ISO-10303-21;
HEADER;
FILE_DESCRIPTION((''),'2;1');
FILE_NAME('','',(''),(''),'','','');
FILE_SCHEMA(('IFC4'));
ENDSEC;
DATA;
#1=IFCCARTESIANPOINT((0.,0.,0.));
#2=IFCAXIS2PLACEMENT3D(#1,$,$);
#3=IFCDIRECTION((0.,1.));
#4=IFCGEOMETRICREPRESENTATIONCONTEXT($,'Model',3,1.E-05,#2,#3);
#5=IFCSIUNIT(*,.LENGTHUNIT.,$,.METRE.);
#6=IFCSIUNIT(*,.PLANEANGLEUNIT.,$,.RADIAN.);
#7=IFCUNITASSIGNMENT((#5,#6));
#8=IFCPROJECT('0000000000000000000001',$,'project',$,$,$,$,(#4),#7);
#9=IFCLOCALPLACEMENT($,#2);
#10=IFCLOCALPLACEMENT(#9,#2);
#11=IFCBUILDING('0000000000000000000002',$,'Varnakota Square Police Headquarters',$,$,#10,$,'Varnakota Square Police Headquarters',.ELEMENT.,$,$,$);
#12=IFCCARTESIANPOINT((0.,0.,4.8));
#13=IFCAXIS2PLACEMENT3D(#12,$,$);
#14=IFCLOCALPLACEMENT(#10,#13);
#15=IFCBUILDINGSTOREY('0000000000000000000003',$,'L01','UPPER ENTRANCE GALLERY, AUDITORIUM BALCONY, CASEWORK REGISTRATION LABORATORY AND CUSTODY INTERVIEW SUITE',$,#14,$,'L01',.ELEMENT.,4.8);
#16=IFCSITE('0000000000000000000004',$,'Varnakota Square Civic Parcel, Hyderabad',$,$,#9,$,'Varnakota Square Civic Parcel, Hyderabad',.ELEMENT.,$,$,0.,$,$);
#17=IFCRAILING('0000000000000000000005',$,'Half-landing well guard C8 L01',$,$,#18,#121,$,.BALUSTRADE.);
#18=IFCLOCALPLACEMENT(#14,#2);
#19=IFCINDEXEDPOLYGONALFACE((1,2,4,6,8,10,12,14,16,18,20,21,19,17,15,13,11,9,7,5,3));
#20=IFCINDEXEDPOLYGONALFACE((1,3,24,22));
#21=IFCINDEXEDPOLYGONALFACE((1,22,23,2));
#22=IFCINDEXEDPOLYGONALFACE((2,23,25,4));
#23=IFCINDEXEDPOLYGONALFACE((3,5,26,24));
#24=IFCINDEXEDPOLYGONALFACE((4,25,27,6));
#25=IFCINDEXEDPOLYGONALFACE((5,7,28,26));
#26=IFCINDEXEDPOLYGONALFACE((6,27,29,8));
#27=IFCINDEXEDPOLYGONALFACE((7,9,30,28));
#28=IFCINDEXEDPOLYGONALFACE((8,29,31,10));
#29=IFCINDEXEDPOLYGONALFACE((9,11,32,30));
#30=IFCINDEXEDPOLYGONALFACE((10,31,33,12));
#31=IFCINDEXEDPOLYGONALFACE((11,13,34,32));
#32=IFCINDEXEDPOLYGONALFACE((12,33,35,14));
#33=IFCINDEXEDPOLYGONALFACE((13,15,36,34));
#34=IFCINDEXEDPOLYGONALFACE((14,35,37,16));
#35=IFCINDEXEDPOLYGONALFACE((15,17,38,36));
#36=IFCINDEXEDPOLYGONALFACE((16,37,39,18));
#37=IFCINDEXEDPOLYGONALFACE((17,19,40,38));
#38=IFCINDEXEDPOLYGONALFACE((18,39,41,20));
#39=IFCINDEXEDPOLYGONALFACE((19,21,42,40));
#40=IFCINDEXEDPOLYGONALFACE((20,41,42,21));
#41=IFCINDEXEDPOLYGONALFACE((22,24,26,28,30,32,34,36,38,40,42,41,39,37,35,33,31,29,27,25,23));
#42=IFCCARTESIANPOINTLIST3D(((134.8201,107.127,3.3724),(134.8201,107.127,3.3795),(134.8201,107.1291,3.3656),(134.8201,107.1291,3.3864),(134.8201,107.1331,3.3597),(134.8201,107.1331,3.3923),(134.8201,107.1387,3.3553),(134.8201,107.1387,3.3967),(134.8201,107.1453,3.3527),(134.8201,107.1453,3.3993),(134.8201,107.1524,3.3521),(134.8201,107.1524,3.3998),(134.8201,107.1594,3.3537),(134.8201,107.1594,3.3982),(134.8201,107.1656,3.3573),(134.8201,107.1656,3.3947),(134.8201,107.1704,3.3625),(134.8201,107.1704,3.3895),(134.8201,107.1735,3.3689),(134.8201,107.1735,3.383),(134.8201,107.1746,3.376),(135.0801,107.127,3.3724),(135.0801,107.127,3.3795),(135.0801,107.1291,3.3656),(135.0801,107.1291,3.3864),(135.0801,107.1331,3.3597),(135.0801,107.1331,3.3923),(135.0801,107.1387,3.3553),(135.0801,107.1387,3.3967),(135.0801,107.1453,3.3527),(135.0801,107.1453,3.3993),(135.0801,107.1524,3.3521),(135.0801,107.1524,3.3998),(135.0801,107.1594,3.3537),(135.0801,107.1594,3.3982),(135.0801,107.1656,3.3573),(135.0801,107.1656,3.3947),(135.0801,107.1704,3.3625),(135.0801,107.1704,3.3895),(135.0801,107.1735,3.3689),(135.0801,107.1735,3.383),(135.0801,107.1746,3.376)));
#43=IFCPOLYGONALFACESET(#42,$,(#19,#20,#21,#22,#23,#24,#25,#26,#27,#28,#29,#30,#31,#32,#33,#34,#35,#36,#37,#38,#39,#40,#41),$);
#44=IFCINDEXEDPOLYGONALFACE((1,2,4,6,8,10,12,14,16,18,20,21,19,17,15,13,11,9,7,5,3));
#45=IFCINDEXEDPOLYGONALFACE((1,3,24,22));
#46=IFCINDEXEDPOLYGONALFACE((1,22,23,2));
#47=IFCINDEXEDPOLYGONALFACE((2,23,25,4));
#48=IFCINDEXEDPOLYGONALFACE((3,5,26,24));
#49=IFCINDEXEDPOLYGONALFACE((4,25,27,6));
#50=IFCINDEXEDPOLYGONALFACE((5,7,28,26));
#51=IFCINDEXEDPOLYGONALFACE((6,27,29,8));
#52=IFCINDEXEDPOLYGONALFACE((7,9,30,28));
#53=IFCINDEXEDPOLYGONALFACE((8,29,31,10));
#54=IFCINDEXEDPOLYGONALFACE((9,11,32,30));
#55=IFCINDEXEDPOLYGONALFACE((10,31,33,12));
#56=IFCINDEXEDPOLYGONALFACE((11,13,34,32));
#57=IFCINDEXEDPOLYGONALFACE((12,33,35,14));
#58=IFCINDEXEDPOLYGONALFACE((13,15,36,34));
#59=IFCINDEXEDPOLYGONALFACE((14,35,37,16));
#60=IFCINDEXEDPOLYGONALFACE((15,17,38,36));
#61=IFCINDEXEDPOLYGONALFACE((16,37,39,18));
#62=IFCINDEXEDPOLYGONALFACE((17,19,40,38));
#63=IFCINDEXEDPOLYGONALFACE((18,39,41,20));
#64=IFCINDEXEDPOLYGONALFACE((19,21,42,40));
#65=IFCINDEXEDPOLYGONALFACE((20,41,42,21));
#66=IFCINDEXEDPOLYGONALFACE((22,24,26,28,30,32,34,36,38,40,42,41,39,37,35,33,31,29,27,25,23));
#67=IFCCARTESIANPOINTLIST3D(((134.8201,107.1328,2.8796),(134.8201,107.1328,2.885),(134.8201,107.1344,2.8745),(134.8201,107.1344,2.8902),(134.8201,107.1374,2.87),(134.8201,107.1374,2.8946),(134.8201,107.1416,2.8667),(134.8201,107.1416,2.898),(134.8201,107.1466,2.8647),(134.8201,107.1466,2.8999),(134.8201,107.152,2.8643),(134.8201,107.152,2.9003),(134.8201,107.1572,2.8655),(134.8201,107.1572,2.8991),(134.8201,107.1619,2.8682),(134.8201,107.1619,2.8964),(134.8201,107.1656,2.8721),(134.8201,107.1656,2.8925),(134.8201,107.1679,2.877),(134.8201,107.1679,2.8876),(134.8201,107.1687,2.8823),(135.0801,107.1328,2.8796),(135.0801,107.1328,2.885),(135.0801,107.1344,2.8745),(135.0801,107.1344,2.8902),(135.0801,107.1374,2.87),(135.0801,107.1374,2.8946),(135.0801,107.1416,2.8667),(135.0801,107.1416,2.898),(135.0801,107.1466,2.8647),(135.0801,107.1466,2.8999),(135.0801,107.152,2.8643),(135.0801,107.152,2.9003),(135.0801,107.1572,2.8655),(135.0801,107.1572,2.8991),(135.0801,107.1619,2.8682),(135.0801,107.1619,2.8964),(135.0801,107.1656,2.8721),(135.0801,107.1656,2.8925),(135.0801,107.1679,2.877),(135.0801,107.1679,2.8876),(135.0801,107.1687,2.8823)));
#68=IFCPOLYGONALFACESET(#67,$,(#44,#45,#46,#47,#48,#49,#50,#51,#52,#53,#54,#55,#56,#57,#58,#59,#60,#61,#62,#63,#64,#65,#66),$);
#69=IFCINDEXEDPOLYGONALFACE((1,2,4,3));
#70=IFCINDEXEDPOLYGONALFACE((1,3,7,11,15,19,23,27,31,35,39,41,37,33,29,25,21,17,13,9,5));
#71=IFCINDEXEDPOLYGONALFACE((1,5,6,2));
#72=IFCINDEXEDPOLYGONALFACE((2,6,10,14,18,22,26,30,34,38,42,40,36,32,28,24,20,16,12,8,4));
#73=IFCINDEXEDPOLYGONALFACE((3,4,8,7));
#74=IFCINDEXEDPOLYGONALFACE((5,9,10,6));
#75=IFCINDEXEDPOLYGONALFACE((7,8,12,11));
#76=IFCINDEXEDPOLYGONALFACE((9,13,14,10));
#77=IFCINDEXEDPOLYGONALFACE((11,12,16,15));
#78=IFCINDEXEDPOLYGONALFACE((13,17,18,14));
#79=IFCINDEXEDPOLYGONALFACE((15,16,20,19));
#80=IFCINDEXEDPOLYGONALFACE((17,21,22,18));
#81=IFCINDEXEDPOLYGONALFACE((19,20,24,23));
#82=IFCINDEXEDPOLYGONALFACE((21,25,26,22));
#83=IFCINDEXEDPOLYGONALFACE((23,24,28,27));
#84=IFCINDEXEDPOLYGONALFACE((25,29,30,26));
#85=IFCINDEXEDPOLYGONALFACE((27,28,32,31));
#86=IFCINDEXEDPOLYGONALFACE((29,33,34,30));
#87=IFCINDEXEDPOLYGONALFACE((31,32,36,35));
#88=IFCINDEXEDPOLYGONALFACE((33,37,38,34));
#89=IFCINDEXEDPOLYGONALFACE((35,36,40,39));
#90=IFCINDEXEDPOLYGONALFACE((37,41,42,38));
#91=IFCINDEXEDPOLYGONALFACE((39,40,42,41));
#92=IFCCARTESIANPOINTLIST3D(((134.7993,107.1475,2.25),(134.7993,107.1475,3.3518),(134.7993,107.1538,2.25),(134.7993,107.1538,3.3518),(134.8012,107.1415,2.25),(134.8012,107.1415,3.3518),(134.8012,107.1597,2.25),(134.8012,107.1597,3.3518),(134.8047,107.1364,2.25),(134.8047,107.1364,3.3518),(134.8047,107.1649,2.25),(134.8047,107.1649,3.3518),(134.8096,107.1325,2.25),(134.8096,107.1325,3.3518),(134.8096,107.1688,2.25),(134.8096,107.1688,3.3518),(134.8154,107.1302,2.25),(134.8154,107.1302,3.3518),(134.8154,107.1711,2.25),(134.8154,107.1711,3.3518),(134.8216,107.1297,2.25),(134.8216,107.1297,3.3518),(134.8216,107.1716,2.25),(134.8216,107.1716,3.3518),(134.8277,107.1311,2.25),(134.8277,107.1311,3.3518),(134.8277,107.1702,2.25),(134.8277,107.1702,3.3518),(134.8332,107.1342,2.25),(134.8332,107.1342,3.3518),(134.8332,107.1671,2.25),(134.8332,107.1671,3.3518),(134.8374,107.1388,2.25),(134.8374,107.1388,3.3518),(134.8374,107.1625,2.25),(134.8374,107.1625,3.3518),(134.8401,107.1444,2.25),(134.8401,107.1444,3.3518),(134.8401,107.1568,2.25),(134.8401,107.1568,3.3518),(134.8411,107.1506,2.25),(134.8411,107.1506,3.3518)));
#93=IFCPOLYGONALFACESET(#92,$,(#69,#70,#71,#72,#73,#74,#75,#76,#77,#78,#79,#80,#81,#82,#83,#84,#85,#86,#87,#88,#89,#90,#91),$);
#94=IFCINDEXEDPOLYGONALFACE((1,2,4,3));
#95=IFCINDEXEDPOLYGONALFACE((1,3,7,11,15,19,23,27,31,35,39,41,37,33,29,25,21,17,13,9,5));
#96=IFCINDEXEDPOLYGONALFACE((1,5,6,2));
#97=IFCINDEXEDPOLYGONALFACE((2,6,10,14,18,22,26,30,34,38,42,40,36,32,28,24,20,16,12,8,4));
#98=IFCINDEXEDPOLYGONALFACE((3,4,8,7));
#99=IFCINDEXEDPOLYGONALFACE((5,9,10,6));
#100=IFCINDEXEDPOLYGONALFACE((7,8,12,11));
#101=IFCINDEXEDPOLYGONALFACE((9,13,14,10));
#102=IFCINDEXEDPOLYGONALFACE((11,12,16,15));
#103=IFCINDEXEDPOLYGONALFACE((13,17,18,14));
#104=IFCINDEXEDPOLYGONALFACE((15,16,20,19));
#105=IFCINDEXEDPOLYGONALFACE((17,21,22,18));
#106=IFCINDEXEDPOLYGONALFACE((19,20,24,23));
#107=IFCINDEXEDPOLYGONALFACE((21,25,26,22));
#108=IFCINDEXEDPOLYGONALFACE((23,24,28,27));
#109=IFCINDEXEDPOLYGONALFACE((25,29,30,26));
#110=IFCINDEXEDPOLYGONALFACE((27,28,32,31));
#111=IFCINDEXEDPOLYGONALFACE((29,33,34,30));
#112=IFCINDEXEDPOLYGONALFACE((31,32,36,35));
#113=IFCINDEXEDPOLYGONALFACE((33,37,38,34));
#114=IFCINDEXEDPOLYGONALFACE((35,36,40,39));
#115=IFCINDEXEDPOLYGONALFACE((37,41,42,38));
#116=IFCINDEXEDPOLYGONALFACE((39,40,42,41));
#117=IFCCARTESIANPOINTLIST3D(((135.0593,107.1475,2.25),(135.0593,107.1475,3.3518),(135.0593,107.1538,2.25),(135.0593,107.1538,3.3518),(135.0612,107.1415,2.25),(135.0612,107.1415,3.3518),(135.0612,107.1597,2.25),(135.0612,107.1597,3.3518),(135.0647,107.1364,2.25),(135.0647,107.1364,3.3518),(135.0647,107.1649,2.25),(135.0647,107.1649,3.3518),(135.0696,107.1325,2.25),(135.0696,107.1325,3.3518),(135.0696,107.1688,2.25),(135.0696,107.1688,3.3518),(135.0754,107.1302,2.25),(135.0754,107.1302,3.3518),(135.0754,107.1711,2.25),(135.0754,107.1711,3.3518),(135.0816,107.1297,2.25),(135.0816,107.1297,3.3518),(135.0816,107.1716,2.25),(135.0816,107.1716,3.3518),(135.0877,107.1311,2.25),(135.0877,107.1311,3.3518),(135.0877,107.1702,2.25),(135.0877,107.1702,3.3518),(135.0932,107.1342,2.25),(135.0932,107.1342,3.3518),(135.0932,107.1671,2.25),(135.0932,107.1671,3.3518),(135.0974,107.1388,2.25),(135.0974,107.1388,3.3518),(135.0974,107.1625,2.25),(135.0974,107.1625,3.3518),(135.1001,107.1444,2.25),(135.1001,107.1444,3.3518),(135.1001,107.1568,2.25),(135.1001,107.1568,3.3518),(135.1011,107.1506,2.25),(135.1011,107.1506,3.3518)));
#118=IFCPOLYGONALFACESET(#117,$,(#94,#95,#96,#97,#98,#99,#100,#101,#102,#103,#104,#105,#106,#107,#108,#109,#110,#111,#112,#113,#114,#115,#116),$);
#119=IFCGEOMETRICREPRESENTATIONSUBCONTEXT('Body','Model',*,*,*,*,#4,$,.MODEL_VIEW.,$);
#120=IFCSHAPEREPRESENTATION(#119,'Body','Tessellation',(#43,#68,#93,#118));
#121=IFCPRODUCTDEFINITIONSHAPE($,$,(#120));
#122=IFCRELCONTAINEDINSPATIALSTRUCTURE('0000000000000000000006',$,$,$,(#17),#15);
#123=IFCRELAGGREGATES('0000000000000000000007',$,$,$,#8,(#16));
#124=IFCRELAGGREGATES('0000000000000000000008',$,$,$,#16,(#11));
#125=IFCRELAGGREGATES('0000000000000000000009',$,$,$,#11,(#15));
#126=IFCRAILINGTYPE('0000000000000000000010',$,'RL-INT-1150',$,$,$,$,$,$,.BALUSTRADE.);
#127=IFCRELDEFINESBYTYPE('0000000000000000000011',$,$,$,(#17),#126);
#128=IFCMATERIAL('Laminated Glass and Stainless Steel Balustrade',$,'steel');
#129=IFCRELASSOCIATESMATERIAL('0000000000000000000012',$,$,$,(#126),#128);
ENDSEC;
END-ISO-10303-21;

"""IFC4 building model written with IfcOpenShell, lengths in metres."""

from ifc_helpers import new_model, si_unit, direction, frame, origin, origin_2d, place, context, subcontext, project, spatial, circle, extrude, material, type_object, element, save


model = new_model("IFC4")

# Units and contexts
model_context = context("Model", 3, precision=1e-05, world=origin(), true_north=direction((0.0, 1.0)))
body_context = subcontext(model_context, "Body", "Model", "MODEL_VIEW")
ifc_project = project(units=[si_unit("LENGTHUNIT", "METRE"), si_unit("PLANEANGLEUNIT", "RADIAN")], contexts=[model_context])

# Site, building, storey
site_placement = place(None, origin())
site = spatial("IfcSite", under=ifc_project, at=site_placement, Name="Varnakota Square Civic Parcel, Hyderabad", LongName="Varnakota Square Civic Parcel, Hyderabad", CompositionType="ELEMENT", RefElevation=0.0)
building_placement = place(site_placement, origin())
building = spatial("IfcBuilding", under=site, at=building_placement, Name="Varnakota Square Police Headquarters", LongName="Varnakota Square Police Headquarters", CompositionType="ELEMENT")
storey_placement = place(building_placement, frame((0.0, 0.0, 4.8)))
storey = spatial("IfcBuildingStorey", under=building, at=storey_placement, Name="L01", Description="UPPER ENTRANCE GALLERY, AUDITORIUM BALCONY, CASEWORK REGISTRATION LABORATORY AND CUSTODY INTERVIEW SUITE", LongName="L01", CompositionType="ELEMENT", Elevation=4.8)

# Railing
ifc_material_1 = material(Name="Laminated Glass and Stainless Steel Balustrade", Category="steel")
railing_type_1 = type_object("IfcRailingType", Name="RL-INT-1150", PredefinedType="BALUSTRADE", material=ifc_material_1)
railing_1_placement = place(storey_placement, frame((134.8201, 107.1506, 2.25)))
element("IfcRailing", 1, at=railing_1_placement, inside=storey, type_object=railing_type_1, Name="Half-landing well guard C8 L01", PredefinedType="BALUSTRADE", context=body_context, shape_type="SweptSolid", body=[
    extrude(circle(Radius=0.0239, at=origin_2d()), frame((0.0, 0.0, 1.126), z_axis=(1.0, 0.0, 0.0), x_axis=(0.0, 1.0, 0.0)), (0.0, 0.0, 1.0), 0.26),
    extrude(circle(Radius=0.0181, at=origin_2d()), frame((0.0, 0.0, 0.6323), z_axis=(1.0, 0.0, 0.0), x_axis=(0.0, 1.0, 0.0)), (0.0, 0.0, 1.0), 0.26),
    extrude(circle(Radius=0.021, at=origin_2d()), origin(), (0.0, 0.0, 1.0), 1.1018),
    extrude(circle(Radius=0.021, at=origin_2d()), frame((0.26, 0.0, 0.0)), (0.0, 0.0, 1.0), 1.1018),
])

save(model, "model.ifc")
